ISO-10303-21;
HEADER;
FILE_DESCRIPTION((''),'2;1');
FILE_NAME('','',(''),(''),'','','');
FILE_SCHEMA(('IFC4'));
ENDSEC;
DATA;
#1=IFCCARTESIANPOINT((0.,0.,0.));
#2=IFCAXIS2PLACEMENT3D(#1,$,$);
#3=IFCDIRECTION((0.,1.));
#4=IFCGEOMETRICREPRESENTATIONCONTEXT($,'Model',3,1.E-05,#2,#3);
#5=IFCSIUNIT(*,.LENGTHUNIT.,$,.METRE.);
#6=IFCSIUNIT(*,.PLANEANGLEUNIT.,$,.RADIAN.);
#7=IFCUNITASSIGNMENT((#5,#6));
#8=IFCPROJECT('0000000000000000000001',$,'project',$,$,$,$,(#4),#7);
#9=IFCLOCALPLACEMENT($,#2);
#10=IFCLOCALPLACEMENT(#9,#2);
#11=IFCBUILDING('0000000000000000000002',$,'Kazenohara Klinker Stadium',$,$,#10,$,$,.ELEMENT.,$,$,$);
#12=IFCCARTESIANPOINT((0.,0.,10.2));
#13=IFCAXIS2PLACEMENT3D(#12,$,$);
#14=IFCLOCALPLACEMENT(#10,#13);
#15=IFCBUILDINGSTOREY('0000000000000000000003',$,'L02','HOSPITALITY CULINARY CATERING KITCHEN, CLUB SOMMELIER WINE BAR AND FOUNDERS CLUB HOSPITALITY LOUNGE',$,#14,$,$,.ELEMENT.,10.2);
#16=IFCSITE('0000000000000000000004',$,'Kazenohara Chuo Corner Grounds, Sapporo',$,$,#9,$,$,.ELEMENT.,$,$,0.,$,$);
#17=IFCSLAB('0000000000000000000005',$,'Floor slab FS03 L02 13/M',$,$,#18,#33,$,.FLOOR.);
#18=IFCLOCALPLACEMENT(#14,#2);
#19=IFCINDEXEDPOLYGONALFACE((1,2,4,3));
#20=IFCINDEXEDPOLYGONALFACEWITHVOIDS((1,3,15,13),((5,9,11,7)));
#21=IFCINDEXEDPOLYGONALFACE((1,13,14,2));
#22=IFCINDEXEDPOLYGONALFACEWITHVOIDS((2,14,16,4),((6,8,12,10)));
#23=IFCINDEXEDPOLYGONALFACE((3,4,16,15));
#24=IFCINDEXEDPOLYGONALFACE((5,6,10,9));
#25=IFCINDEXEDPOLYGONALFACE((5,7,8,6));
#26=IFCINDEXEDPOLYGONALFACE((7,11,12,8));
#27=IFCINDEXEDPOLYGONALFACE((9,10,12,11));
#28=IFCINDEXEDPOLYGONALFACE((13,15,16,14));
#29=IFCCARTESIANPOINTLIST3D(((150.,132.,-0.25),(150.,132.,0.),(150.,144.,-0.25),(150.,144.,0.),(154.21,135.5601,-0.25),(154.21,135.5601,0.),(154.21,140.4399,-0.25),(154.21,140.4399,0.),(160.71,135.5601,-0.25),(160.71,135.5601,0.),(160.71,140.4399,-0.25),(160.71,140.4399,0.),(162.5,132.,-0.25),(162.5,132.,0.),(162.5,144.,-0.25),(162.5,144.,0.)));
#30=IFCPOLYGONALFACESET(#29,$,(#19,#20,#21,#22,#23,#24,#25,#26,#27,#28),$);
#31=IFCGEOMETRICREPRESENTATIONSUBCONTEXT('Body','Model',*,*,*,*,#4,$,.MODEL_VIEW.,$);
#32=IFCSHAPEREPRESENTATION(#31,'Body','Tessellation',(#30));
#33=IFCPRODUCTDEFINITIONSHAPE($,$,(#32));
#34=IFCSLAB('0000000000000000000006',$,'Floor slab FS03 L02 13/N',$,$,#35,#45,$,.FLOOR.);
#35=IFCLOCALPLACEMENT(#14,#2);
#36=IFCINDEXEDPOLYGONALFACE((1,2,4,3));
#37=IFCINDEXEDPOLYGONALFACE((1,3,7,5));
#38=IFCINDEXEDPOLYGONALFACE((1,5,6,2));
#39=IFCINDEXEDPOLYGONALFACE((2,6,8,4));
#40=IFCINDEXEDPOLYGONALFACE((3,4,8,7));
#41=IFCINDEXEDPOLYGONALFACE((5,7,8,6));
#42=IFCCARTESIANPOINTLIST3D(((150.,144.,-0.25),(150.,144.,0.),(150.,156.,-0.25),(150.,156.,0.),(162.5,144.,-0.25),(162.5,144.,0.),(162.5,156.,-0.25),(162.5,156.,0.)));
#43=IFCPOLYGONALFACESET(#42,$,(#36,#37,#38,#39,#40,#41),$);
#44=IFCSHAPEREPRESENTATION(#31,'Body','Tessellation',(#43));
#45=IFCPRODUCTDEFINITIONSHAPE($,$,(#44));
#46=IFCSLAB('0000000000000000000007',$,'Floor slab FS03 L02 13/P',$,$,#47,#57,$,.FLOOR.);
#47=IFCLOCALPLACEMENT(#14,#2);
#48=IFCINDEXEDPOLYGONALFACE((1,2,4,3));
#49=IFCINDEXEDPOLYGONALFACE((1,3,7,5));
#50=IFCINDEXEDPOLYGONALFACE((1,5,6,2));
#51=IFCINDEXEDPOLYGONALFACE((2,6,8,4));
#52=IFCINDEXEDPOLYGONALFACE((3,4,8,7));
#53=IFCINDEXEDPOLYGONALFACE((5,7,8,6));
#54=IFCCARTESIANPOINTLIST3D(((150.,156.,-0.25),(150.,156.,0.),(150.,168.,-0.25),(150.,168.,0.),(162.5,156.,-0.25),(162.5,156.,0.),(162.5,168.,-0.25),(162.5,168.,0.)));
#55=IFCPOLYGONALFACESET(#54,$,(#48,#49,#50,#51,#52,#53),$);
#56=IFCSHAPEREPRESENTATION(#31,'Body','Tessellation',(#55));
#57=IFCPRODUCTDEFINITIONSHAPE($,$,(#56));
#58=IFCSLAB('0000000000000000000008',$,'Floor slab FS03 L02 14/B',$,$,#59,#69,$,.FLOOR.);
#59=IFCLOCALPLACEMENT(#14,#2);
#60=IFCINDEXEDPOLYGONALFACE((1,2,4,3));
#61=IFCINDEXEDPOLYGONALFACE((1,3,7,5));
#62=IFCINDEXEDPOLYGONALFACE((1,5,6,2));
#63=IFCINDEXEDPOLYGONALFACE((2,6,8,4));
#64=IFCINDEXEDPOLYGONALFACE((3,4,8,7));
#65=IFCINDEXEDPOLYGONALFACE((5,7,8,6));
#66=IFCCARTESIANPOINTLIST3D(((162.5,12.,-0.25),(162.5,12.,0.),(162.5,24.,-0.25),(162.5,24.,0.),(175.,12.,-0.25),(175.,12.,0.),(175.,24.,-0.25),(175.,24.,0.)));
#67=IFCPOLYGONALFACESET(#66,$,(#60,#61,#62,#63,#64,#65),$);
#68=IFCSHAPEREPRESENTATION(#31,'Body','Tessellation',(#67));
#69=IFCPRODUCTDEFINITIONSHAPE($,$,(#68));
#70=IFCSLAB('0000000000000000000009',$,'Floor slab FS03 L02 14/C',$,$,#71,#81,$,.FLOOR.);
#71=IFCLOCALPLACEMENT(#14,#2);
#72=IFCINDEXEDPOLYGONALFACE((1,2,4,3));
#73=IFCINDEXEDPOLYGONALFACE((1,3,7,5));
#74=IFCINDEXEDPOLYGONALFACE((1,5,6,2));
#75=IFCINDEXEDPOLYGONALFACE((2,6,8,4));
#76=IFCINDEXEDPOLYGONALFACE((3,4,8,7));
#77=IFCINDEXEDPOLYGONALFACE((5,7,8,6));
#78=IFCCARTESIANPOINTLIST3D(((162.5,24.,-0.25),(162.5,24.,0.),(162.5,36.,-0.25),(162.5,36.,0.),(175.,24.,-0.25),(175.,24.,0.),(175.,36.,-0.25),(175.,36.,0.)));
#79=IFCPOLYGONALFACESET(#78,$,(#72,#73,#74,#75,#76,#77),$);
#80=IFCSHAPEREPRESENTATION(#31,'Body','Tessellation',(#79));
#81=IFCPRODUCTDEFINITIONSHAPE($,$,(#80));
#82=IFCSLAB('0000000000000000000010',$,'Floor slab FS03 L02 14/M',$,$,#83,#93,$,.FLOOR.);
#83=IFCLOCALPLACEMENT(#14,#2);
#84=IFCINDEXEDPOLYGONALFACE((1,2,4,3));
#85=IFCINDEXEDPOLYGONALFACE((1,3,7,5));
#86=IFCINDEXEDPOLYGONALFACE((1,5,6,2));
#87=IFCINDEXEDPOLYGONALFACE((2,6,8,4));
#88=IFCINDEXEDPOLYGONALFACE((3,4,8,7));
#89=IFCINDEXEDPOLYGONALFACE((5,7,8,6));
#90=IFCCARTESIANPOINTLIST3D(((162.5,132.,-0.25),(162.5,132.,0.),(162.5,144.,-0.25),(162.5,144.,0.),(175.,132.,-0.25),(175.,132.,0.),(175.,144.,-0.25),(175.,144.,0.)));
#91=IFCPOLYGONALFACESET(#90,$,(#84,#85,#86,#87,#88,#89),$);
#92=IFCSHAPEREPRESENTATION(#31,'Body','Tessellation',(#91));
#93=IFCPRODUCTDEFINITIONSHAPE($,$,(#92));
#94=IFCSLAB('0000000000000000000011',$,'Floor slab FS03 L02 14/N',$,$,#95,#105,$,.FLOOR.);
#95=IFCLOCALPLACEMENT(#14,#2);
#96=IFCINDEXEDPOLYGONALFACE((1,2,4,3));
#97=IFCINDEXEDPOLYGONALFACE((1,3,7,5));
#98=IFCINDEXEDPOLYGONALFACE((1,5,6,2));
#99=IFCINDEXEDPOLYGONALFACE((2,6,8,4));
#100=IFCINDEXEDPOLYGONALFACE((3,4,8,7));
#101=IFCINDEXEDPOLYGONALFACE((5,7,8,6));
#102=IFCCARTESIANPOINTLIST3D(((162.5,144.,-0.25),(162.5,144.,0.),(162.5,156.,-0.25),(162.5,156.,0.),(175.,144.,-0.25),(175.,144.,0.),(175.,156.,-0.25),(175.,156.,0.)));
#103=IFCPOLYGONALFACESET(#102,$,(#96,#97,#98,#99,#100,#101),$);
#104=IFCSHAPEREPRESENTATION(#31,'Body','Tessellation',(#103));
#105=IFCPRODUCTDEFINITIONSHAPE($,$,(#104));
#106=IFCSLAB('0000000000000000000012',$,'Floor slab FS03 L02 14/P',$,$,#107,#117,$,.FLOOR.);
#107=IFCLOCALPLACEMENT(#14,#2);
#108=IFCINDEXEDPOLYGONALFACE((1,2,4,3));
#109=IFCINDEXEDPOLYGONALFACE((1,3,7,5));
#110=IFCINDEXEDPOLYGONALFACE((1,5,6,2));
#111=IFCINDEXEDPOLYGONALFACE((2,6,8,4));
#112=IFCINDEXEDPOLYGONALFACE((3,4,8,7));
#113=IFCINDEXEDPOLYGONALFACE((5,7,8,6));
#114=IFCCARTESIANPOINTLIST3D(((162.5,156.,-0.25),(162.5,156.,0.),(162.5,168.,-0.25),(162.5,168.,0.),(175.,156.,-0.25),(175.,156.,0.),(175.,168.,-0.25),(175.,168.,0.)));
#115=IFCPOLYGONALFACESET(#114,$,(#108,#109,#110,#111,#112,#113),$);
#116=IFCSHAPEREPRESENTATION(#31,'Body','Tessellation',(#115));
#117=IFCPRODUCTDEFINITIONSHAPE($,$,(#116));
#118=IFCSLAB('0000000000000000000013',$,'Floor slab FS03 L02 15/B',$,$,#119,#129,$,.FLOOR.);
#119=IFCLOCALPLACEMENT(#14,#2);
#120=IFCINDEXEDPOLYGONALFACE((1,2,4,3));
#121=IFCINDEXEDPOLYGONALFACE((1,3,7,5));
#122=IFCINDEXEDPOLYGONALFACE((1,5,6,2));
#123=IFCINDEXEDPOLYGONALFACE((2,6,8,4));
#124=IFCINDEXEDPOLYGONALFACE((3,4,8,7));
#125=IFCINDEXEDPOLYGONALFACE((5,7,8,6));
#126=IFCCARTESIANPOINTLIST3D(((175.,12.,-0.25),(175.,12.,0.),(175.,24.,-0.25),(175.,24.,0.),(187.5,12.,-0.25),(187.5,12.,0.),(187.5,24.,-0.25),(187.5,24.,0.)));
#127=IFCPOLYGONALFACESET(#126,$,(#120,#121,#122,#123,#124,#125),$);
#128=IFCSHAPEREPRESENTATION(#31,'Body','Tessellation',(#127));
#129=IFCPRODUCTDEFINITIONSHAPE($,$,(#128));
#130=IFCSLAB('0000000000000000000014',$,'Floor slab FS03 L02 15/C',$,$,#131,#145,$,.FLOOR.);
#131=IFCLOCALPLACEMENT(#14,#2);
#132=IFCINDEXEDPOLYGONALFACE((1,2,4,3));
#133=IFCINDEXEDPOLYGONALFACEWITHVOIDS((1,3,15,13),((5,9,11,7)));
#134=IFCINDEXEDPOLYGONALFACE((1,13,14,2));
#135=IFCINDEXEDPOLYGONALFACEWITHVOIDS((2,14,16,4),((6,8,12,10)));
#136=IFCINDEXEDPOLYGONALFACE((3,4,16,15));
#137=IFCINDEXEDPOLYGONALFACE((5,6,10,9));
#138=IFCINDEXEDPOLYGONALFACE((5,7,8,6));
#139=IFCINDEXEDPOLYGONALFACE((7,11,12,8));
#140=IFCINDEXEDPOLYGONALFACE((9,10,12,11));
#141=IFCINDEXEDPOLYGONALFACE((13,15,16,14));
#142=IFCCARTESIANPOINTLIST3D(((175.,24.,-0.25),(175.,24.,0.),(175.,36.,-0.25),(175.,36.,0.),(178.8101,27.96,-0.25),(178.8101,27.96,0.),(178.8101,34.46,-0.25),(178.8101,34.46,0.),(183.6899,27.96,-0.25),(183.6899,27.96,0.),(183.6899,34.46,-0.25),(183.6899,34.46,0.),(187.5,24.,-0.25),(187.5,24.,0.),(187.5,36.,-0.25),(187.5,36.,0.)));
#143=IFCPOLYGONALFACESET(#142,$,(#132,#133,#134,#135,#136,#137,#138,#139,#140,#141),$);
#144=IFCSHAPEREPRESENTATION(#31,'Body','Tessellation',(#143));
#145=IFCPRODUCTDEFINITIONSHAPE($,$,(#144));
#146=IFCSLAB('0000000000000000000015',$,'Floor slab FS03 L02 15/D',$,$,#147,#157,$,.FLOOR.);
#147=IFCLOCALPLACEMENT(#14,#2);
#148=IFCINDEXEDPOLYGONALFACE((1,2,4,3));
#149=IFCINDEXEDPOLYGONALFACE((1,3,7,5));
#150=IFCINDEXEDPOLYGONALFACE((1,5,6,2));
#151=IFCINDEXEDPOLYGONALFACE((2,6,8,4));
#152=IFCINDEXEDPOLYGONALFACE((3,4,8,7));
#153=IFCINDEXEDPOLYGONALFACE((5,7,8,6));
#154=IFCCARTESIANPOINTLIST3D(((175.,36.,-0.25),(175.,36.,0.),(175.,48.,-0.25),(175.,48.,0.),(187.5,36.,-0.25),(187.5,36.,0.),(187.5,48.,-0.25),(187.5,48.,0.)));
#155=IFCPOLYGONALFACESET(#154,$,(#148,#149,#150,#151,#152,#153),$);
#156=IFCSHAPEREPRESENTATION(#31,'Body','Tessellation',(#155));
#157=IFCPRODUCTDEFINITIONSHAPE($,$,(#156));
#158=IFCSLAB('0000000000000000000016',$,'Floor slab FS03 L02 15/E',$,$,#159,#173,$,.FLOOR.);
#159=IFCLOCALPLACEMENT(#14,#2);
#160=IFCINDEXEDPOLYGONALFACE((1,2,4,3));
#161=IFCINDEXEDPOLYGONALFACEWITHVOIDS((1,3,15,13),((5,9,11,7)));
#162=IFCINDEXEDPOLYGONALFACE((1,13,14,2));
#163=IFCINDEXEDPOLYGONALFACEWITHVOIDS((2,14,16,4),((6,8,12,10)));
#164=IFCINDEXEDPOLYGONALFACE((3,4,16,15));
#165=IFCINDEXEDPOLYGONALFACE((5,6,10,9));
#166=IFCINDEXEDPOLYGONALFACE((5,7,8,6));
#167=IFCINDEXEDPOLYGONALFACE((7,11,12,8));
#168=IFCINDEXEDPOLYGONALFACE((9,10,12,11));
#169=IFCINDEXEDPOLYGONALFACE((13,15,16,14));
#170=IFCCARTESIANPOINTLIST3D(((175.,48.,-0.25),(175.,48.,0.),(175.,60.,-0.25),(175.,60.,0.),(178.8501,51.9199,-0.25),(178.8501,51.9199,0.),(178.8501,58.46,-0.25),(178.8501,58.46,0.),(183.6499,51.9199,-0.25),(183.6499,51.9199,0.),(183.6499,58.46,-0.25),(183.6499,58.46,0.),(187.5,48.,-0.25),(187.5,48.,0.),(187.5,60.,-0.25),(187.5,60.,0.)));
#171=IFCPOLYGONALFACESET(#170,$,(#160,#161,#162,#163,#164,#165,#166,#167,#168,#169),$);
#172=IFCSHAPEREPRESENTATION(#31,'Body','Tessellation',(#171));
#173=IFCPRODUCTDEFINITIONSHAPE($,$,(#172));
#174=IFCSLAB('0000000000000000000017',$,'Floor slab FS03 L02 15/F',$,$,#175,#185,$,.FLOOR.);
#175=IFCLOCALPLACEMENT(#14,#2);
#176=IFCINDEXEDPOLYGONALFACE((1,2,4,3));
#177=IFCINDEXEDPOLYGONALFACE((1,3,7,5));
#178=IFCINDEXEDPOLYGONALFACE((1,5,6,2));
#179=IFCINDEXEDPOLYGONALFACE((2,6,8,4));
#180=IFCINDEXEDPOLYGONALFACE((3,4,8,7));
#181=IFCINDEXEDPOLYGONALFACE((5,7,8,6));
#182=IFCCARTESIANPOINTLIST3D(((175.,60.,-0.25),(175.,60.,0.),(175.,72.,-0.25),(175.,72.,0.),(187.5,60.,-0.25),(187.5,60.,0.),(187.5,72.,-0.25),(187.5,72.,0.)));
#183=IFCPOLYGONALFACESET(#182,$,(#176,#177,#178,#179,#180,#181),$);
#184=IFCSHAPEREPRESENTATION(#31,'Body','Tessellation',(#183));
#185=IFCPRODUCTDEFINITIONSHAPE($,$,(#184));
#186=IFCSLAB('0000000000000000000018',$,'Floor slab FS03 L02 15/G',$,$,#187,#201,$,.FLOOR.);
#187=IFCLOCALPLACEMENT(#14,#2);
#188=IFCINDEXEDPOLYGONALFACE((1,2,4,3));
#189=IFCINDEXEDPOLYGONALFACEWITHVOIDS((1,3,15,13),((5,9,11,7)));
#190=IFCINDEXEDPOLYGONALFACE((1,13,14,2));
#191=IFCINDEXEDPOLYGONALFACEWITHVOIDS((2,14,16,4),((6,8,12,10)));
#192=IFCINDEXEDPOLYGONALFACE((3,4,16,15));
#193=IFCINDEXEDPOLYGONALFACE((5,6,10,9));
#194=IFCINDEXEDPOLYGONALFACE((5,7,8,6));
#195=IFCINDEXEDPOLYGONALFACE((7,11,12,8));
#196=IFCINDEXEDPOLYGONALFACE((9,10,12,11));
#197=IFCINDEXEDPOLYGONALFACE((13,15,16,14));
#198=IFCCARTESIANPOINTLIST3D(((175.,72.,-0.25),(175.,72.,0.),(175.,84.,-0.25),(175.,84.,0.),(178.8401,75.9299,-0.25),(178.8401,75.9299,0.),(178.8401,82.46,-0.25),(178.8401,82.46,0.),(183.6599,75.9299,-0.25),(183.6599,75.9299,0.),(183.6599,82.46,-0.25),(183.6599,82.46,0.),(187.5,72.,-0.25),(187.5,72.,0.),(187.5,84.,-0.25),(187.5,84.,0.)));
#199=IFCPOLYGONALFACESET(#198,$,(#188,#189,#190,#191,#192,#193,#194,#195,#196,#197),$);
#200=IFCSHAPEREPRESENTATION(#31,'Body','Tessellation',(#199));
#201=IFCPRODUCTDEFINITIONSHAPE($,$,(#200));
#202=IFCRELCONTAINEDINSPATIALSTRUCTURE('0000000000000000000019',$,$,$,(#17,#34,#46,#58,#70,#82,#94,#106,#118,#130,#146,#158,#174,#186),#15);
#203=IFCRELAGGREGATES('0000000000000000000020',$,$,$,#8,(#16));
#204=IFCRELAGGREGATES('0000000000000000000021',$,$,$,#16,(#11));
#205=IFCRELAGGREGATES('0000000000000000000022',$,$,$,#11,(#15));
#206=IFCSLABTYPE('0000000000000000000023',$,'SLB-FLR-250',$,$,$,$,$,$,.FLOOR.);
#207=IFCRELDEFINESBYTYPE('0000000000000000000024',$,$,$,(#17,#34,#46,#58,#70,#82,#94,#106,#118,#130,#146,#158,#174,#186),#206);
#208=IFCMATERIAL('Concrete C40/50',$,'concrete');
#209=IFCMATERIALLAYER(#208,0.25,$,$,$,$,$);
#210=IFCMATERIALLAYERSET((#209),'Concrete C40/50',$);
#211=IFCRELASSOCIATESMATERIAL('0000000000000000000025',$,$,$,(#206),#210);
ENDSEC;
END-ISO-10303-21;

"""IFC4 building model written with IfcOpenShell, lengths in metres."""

from ifc_helpers import new_model, si_unit, direction, frame, origin, place, context, subcontext, project, spatial, polyline, outline, extrude, material, layer, layer_set, type_object, element, save


model = new_model("IFC4")

# Units and contexts
model_context = context("Model", 3, precision=1e-05, world=origin(), true_north=direction((0.0, 1.0)))
body_context = subcontext(model_context, "Body", "Model", "MODEL_VIEW")
ifc_project = project(units=[si_unit("LENGTHUNIT", "METRE"), si_unit("PLANEANGLEUNIT", "RADIAN")], contexts=[model_context])

# Site, building, storey
site_placement = place(None, origin())
site = spatial("IfcSite", under=ifc_project, at=site_placement, Name="Kazenohara Chuo Corner Grounds, Sapporo", CompositionType="ELEMENT", RefElevation=0.0)
building_placement = place(site_placement, origin())
building = spatial("IfcBuilding", under=site, at=building_placement, Name="Kazenohara Klinker Stadium", CompositionType="ELEMENT")
storey_placement = place(building_placement, frame((0.0, 0.0, 10.2)))
storey = spatial("IfcBuildingStorey", under=building, at=storey_placement, Name="L02", Description="HOSPITALITY CULINARY CATERING KITCHEN, CLUB SOMMELIER WINE BAR AND FOUNDERS CLUB HOSPITALITY LOUNGE", CompositionType="ELEMENT", Elevation=10.2)

# Slabs
ifc_material = material(Name="Concrete C40/50", Category="concrete")
ifc_layer = layer(ifc_material, 0.25)
ifc_layer_set = layer_set([ifc_layer], Name="Concrete C40/50")
slab_type = type_object("IfcSlabType", Name="SLB-FLR-250", PredefinedType="FLOOR", material=ifc_layer_set)
slab_1_placement = place(storey_placement, frame((0.0, 0.0, -0.25)))
element("IfcSlab", 1, at=slab_1_placement, inside=storey, type_object=slab_type, Name="Floor slab FS03 L02 13/M", PredefinedType="FLOOR", context=body_context, shape_type="SweptSolid", body=[
    extrude(outline(polyline([(150.0, 132.0), (162.5, 132.0), (162.5, 144.0), (150.0, 144.0), (150.0, 132.0)]), holes=[polyline([(154.21, 135.5601), (160.71, 135.5601), (160.71, 140.4399), (154.21, 140.4399), (154.21, 135.5601)])]), origin(), (0.0, 0.0, 1.0), 0.25),
])
slab_2_placement = place(storey_placement, frame((0.0, 0.0, -0.25)))
element("IfcSlab", 2, at=slab_2_placement, inside=storey, type_object=slab_type, Name="Floor slab FS03 L02 13/N", PredefinedType="FLOOR", context=body_context, shape_type="SweptSolid", body=[
    extrude(outline(polyline([(150.0, 144.0), (162.5, 144.0), (162.5, 156.0), (150.0, 156.0), (150.0, 144.0)])), origin(), (0.0, 0.0, 1.0), 0.25),
])
slab_3_placement = place(storey_placement, frame((0.0, 0.0, -0.25)))
element("IfcSlab", 3, at=slab_3_placement, inside=storey, type_object=slab_type, Name="Floor slab FS03 L02 13/P", PredefinedType="FLOOR", context=body_context, shape_type="SweptSolid", body=[
    extrude(outline(polyline([(150.0, 156.0), (162.5, 156.0), (162.5, 168.0), (150.0, 168.0), (150.0, 156.0)])), origin(), (0.0, 0.0, 1.0), 0.25),
])
slab_4_placement = place(storey_placement, frame((0.0, 0.0, -0.25)))
element("IfcSlab", 4, at=slab_4_placement, inside=storey, type_object=slab_type, Name="Floor slab FS03 L02 14/B", PredefinedType="FLOOR", context=body_context, shape_type="SweptSolid", body=[
    extrude(outline(polyline([(162.5, 12.0), (175.0, 12.0), (175.0, 24.0), (162.5, 24.0), (162.5, 12.0)])), origin(), (0.0, 0.0, 1.0), 0.25),
])
slab_5_placement = place(storey_placement, frame((0.0, 0.0, -0.25)))
element("IfcSlab", 5, at=slab_5_placement, inside=storey, type_object=slab_type, Name="Floor slab FS03 L02 14/C", PredefinedType="FLOOR", context=body_context, shape_type="SweptSolid", body=[
    extrude(outline(polyline([(162.5, 24.0), (175.0, 24.0), (175.0, 36.0), (162.5, 36.0), (162.5, 24.0)])), origin(), (0.0, 0.0, 1.0), 0.25),
])
slab_6_placement = place(storey_placement, frame((0.0, 0.0, -0.25)))
element("IfcSlab", 6, at=slab_6_placement, inside=storey, type_object=slab_type, Name="Floor slab FS03 L02 14/M", PredefinedType="FLOOR", context=body_context, shape_type="SweptSolid", body=[
    extrude(outline(polyline([(162.5, 132.0), (175.0, 132.0), (175.0, 144.0), (162.5, 144.0), (162.5, 132.0)])), origin(), (0.0, 0.0, 1.0), 0.25),
])
slab_7_placement = place(storey_placement, frame((0.0, 0.0, -0.25)))
element("IfcSlab", 7, at=slab_7_placement, inside=storey, type_object=slab_type, Name="Floor slab FS03 L02 14/N", PredefinedType="FLOOR", context=body_context, shape_type="SweptSolid", body=[
    extrude(outline(polyline([(162.5, 144.0), (175.0, 144.0), (175.0, 156.0), (162.5, 156.0), (162.5, 144.0)])), origin(), (0.0, 0.0, 1.0), 0.25),
])
slab_8_placement = place(storey_placement, frame((0.0, 0.0, -0.25)))
element("IfcSlab", 8, at=slab_8_placement, inside=storey, type_object=slab_type, Name="Floor slab FS03 L02 14/P", PredefinedType="FLOOR", context=body_context, shape_type="SweptSolid", body=[
    extrude(outline(polyline([(162.5, 156.0), (175.0, 156.0), (175.0, 168.0), (162.5, 168.0), (162.5, 156.0)])), origin(), (0.0, 0.0, 1.0), 0.25),
])
slab_9_placement = place(storey_placement, frame((0.0, 0.0, -0.25)))
element("IfcSlab", 9, at=slab_9_placement, inside=storey, type_object=slab_type, Name="Floor slab FS03 L02 15/B", PredefinedType="FLOOR", context=body_context, shape_type="SweptSolid", body=[
    extrude(outline(polyline([(175.0, 12.0), (187.5, 12.0), (187.5, 24.0), (175.0, 24.0), (175.0, 12.0)])), origin(), (0.0, 0.0, 1.0), 0.25),
])
slab_10_placement = place(storey_placement, frame((0.0, 0.0, -0.25)))
element("IfcSlab", 10, at=slab_10_placement, inside=storey, type_object=slab_type, Name="Floor slab FS03 L02 15/C", PredefinedType="FLOOR", context=body_context, shape_type="SweptSolid", body=[
    extrude(outline(polyline([(175.0, 24.0), (187.5, 24.0), (187.5, 36.0), (175.0, 36.0), (175.0, 24.0)]), holes=[polyline([(183.6899, 27.96), (183.6899, 34.46), (178.8101, 34.46), (178.8101, 27.96), (183.6899, 27.96)])]), origin(), (0.0, 0.0, 1.0), 0.25),
])
slab_11_placement = place(storey_placement, frame((0.0, 0.0, -0.25)))
element("IfcSlab", 11, at=slab_11_placement, inside=storey, type_object=slab_type, Name="Floor slab FS03 L02 15/D", PredefinedType="FLOOR", context=body_context, shape_type="SweptSolid", body=[
    extrude(outline(polyline([(175.0, 36.0), (187.5, 36.0), (187.5, 48.0), (175.0, 48.0), (175.0, 36.0)])), origin(), (0.0, 0.0, 1.0), 0.25),
])
slab_12_placement = place(storey_placement, frame((0.0, 0.0, -0.25)))
element("IfcSlab", 12, at=slab_12_placement, inside=storey, type_object=slab_type, Name="Floor slab FS03 L02 15/E", PredefinedType="FLOOR", context=body_context, shape_type="SweptSolid", body=[
    extrude(outline(polyline([(175.0, 48.0), (187.5, 48.0), (187.5, 60.0), (175.0, 60.0), (175.0, 48.0)]), holes=[polyline([(183.6499, 51.9199), (183.6499, 58.46), (178.8501, 58.46), (178.8501, 51.9199), (183.6499, 51.9199)])]), origin(), (0.0, 0.0, 1.0), 0.25),
])
slab_13_placement = place(storey_placement, frame((0.0, 0.0, -0.25)))
element("IfcSlab", 13, at=slab_13_placement, inside=storey, type_object=slab_type, Name="Floor slab FS03 L02 15/F", PredefinedType="FLOOR", context=body_context, shape_type="SweptSolid", body=[
    extrude(outline(polyline([(175.0, 60.0), (187.5, 60.0), (187.5, 72.0), (175.0, 72.0), (175.0, 60.0)])), origin(), (0.0, 0.0, 1.0), 0.25),
])
slab_14_placement = place(storey_placement, frame((0.0, 0.0, -0.25)))
element("IfcSlab", 14, at=slab_14_placement, inside=storey, type_object=slab_type, Name="Floor slab FS03 L02 15/G", PredefinedType="FLOOR", context=body_context, shape_type="SweptSolid", body=[
    extrude(outline(polyline([(175.0, 72.0), (187.5, 72.0), (187.5, 84.0), (175.0, 84.0), (175.0, 72.0)]), holes=[polyline([(183.6599, 75.9299), (183.6599, 82.46), (178.8401, 82.46), (178.8401, 75.9299), (183.6599, 75.9299)])]), origin(), (0.0, 0.0, 1.0), 0.25),
])

save(model, "model.ifc")
